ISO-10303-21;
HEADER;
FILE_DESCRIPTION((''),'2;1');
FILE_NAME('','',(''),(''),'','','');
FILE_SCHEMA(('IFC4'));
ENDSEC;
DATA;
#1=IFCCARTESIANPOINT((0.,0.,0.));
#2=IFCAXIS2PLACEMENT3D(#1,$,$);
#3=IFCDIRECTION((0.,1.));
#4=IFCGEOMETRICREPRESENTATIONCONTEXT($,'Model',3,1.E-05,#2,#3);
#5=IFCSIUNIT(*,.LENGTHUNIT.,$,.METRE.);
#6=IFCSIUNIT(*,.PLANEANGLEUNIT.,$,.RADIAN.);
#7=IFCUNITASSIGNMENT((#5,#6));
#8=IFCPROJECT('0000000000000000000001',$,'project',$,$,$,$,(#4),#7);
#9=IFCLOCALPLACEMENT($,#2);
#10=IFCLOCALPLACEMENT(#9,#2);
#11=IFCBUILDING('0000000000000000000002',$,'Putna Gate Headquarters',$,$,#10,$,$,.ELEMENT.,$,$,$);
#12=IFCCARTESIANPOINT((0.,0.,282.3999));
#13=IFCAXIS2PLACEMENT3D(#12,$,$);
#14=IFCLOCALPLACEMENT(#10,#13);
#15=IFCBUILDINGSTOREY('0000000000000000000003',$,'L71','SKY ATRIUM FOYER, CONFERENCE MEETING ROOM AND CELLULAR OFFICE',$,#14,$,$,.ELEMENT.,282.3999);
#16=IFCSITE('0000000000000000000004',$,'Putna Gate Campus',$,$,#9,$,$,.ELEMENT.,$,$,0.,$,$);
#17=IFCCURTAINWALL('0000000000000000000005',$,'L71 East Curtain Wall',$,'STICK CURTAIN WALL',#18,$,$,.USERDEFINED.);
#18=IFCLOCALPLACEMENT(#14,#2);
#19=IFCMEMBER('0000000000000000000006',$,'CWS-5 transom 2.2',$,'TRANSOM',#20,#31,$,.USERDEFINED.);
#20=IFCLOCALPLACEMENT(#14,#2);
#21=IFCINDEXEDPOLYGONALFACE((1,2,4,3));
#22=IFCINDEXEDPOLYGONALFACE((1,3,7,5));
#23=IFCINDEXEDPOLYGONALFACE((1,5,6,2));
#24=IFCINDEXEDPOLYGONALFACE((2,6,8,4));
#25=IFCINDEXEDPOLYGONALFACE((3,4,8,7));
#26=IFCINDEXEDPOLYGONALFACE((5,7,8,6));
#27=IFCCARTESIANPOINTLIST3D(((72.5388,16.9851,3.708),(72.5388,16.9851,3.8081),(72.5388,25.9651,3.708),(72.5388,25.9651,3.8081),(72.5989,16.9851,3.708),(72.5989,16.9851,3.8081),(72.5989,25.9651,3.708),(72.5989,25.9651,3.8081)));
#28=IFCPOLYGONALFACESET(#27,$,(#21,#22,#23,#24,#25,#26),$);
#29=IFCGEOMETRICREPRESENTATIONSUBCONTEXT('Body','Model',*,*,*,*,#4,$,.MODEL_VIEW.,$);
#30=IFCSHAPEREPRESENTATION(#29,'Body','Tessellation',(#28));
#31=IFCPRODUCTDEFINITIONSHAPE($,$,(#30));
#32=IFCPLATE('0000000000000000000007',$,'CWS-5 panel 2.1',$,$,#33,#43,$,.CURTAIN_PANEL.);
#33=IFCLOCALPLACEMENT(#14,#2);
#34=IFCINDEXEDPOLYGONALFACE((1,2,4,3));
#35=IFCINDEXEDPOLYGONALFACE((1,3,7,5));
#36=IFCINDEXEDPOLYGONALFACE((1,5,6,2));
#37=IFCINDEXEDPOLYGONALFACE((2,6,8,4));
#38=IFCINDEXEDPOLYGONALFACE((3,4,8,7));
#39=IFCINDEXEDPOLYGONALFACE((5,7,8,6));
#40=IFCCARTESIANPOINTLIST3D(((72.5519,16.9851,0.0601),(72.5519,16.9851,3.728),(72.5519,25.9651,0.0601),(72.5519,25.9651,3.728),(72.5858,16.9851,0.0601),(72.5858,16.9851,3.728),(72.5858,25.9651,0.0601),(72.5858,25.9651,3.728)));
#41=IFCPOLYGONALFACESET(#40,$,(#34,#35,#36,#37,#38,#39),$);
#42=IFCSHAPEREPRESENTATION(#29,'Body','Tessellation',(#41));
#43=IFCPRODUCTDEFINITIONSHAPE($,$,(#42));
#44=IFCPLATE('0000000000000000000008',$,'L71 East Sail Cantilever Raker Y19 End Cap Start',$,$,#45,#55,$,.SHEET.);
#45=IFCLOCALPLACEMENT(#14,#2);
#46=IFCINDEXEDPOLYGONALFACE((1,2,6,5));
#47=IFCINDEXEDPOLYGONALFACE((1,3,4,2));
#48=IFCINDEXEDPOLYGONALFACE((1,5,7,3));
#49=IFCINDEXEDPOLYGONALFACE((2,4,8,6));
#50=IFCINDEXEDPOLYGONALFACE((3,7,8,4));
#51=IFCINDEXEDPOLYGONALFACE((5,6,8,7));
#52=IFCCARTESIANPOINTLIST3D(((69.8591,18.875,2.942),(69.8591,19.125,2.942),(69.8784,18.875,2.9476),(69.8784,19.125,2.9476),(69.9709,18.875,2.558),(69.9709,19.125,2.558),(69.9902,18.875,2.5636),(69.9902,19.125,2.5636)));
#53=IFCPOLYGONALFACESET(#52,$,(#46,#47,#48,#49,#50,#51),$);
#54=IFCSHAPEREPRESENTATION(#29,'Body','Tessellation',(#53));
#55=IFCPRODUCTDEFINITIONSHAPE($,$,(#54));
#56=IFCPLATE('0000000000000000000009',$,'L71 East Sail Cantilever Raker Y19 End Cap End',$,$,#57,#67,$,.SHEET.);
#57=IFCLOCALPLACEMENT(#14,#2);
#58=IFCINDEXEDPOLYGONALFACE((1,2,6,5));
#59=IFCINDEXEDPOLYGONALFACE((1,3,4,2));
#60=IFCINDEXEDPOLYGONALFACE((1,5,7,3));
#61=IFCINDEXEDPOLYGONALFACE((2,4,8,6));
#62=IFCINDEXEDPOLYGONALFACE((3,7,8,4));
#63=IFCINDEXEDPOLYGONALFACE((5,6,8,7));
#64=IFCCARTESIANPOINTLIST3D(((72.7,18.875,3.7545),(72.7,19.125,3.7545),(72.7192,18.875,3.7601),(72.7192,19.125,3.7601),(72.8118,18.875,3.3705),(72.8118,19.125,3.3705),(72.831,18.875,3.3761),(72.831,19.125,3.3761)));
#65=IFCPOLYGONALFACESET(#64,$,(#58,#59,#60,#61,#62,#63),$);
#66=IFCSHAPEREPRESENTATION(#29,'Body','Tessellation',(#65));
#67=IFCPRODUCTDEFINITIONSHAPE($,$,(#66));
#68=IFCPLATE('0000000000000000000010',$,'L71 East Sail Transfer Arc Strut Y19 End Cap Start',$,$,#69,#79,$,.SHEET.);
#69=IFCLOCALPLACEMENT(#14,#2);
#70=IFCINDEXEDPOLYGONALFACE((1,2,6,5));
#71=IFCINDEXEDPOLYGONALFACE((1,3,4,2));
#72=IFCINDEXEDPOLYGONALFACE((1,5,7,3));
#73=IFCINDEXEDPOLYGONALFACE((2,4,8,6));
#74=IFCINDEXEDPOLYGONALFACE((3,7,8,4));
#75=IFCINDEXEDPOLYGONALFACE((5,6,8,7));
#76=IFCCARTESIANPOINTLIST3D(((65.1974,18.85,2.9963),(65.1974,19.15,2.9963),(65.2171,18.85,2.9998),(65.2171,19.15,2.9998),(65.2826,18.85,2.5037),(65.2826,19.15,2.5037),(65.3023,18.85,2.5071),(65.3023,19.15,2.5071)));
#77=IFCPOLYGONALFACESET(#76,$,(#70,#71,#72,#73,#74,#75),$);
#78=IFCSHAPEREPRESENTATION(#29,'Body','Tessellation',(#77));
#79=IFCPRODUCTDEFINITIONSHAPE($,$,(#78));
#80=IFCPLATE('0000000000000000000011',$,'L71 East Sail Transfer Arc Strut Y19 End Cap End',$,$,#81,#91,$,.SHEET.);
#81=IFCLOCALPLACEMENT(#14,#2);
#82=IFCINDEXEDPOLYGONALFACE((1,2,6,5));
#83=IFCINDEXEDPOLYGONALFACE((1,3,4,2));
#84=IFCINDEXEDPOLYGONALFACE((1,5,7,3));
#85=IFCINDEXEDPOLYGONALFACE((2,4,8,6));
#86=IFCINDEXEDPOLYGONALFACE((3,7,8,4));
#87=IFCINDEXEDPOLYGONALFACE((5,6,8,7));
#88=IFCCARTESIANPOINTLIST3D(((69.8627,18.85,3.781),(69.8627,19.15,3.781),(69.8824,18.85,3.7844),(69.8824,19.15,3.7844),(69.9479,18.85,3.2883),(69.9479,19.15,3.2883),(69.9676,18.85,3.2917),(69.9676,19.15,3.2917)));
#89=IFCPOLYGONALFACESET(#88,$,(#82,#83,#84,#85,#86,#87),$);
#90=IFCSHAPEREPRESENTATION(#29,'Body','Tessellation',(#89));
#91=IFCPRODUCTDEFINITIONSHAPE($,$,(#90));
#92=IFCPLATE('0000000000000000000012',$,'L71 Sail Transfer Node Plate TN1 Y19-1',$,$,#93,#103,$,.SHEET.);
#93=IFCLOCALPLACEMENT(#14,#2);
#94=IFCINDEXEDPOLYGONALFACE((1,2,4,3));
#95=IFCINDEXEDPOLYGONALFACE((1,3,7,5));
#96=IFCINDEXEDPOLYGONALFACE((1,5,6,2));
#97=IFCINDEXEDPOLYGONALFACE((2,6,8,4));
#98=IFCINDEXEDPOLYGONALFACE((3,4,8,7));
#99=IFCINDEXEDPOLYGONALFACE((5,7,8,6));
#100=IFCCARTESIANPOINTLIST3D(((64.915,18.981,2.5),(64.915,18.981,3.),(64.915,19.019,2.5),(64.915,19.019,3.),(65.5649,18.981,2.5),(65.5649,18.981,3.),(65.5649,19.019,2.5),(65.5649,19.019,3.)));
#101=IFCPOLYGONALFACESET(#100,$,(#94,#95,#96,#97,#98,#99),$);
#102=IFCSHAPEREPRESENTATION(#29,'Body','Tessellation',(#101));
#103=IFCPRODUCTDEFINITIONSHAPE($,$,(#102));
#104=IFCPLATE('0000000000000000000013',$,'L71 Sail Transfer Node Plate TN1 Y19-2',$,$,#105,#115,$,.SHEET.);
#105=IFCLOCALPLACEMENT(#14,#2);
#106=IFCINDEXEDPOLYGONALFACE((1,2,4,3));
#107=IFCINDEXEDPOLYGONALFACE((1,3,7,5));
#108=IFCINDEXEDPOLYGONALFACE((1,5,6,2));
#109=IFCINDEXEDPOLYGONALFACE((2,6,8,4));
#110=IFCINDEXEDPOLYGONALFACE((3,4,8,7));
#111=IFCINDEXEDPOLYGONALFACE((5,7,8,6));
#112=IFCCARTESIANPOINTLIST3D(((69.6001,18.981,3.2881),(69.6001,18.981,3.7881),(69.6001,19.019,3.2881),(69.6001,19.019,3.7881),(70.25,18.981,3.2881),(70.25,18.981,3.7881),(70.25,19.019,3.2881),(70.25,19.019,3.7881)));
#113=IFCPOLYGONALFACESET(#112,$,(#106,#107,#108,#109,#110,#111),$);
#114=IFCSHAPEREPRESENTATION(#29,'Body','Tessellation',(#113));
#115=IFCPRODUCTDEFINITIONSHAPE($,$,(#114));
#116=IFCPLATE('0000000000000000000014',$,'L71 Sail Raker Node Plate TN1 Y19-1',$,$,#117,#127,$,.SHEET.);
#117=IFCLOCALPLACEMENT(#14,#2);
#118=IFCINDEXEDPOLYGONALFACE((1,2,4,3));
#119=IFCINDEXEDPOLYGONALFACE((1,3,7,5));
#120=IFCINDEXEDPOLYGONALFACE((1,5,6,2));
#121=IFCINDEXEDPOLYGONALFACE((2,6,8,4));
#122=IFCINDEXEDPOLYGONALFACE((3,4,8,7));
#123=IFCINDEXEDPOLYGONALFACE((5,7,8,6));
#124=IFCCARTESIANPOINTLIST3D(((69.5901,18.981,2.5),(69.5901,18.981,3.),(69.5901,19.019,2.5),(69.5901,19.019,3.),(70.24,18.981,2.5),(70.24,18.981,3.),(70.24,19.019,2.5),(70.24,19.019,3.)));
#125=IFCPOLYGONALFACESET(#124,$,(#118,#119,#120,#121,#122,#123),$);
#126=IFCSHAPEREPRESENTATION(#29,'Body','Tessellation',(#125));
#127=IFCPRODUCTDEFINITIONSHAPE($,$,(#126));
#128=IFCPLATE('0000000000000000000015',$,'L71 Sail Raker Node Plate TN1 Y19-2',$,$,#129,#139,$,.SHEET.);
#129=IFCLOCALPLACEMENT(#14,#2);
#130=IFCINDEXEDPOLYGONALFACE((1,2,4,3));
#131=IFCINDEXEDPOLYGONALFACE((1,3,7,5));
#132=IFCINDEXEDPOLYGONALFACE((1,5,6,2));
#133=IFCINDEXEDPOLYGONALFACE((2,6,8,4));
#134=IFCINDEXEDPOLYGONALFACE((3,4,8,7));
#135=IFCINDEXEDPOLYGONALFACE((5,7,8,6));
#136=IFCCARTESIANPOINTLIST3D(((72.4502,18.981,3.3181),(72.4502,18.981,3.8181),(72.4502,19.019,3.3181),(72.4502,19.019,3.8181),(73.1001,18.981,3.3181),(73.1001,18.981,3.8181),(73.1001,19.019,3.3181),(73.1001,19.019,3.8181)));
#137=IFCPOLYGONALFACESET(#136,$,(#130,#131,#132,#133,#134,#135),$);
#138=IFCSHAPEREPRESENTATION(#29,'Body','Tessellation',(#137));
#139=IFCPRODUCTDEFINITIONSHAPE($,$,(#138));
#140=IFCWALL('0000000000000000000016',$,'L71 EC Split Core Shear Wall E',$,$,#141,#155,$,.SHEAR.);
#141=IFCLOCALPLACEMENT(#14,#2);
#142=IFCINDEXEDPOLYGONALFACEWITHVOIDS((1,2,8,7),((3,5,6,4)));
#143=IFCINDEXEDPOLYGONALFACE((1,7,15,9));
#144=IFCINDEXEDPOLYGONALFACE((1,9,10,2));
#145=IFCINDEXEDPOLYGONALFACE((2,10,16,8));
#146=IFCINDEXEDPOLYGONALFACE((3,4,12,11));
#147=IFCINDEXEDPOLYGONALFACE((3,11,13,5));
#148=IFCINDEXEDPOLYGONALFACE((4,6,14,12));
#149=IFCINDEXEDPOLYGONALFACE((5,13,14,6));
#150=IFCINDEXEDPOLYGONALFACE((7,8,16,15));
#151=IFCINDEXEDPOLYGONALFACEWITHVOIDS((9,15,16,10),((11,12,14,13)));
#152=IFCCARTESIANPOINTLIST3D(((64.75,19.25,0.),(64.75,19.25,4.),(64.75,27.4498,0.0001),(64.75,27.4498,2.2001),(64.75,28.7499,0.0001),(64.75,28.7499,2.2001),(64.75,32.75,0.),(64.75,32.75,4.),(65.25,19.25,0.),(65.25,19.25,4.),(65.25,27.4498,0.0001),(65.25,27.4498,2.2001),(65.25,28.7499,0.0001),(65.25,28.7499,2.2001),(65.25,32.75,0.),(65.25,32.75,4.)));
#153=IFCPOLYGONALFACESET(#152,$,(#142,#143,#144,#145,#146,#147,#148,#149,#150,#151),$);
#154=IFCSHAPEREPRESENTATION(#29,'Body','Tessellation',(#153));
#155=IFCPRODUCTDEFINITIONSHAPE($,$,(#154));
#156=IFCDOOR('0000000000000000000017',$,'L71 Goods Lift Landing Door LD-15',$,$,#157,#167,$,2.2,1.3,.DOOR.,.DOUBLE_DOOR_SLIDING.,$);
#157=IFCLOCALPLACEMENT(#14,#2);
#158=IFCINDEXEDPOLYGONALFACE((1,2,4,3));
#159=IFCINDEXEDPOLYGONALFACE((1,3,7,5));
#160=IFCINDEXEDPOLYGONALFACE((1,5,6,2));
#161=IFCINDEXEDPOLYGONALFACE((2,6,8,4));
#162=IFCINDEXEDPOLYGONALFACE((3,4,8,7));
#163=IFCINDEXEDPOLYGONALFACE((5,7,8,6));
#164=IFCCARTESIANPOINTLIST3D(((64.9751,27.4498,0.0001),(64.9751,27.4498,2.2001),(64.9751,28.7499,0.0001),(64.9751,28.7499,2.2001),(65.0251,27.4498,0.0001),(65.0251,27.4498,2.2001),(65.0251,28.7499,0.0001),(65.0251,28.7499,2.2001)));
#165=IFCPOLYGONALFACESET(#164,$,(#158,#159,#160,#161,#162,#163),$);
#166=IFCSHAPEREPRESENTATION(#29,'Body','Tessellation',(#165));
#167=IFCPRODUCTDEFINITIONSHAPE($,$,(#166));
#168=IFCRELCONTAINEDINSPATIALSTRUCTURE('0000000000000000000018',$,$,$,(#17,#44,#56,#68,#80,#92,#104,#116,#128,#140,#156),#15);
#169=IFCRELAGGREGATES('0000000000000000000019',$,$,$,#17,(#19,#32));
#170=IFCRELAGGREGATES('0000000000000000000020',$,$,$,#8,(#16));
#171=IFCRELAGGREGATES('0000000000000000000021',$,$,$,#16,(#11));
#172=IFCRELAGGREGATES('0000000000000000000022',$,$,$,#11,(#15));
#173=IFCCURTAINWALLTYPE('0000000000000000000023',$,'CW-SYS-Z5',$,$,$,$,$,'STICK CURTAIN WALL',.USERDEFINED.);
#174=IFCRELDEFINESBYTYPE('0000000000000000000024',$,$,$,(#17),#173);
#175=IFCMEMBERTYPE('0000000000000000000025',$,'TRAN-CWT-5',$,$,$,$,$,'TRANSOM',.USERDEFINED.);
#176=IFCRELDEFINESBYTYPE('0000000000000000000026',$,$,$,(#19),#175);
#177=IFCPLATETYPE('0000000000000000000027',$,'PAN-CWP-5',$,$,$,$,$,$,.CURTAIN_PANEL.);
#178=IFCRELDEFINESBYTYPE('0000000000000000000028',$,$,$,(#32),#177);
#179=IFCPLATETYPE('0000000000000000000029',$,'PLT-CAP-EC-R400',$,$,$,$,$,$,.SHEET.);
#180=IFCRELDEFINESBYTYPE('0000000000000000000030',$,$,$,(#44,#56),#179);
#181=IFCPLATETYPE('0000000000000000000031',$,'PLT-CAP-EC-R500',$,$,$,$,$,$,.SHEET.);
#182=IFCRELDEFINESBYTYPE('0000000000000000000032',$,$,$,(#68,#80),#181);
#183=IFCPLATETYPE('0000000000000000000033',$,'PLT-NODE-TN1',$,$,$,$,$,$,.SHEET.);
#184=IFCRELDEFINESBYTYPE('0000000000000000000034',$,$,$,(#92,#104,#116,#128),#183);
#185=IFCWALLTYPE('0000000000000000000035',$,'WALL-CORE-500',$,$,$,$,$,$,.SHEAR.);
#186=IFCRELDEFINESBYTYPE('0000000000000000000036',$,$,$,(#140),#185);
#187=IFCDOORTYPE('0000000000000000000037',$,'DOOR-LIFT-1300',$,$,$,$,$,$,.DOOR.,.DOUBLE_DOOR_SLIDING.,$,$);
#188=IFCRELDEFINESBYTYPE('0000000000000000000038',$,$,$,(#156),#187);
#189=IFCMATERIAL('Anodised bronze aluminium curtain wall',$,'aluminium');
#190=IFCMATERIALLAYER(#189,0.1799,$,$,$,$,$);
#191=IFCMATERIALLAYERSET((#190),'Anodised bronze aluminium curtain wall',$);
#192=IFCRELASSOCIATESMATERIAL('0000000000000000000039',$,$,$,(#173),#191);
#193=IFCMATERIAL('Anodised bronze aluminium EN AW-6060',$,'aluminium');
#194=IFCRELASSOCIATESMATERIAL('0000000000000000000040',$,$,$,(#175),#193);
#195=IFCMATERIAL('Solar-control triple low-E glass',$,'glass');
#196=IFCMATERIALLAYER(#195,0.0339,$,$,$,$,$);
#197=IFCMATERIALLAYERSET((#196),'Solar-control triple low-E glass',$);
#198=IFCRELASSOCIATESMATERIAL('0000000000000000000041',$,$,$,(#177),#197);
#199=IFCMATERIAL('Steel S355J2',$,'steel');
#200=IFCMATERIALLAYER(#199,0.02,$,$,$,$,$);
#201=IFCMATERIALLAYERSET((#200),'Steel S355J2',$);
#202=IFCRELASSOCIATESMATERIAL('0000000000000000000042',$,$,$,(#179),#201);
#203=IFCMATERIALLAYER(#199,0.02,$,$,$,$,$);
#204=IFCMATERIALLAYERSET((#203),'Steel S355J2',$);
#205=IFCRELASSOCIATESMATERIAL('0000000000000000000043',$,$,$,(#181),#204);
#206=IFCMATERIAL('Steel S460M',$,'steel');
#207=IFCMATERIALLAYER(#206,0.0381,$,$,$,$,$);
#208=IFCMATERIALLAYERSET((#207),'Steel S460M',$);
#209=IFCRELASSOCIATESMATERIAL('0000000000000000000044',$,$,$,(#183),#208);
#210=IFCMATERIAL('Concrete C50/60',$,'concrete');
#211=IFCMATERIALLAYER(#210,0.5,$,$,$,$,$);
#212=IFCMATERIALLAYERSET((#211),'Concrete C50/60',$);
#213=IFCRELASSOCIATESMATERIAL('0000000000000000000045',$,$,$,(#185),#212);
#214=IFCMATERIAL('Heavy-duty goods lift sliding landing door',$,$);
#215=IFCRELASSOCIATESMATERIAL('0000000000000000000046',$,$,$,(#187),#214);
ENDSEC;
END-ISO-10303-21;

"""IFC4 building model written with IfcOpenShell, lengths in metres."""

from ifc_helpers import new_model, si_unit, direction, frame, frame_2d, origin, origin_2d, place, context, subcontext, project, spatial, rectangle, extrude, material, layer, layer_set, material_profile, profile_set, type_object, element, fill, aggregate, save


model = new_model("IFC4")

# Units and contexts
model_context = context("Model", 3, precision=1e-05, world=origin(), true_north=direction((0.0, 1.0)))
body_context = subcontext(model_context, "Body", "Model", "MODEL_VIEW")
ifc_project = project(units=[si_unit("LENGTHUNIT", "METRE"), si_unit("PLANEANGLEUNIT", "RADIAN")], contexts=[model_context])

# Site, building, storey
site_placement = place(None, origin())
site = spatial("IfcSite", under=ifc_project, at=site_placement, Name="Putna Gate Campus", CompositionType="ELEMENT", RefElevation=0.0)
building_placement = place(site_placement, origin())
building = spatial("IfcBuilding", under=site, at=building_placement, Name="Putna Gate Headquarters", CompositionType="ELEMENT")
storey_placement = place(building_placement, frame((0.0, 0.0, 282.3999)))
storey = spatial("IfcBuildingStorey", under=building, at=storey_placement, Name="L71", Description="SKY ATRIUM FOYER, CONFERENCE MEETING ROOM AND CELLULAR OFFICE", CompositionType="ELEMENT", Elevation=282.3999)

# Shared definitions
ifc_material_1 = material(Name="Steel S460M", Category="steel")

# Shared definitions
ifc_material_2 = material(Name="Steel S355J2", Category="steel")

# Curtain wall, member, plate
ifc_material_3 = material(Name="Anodised bronze aluminium curtain wall", Category="aluminium")
ifc_layer_1 = layer(ifc_material_3, 0.1799)
ifc_layer_set_1 = layer_set([ifc_layer_1], Name="Anodised bronze aluminium curtain wall")
curtain_wall_type = type_object("IfcCurtainWallType", Name="CW-SYS-Z5", ElementType="STICK CURTAIN WALL", PredefinedType="USERDEFINED", material=ifc_layer_set_1)
curtain_wall_placement = place(storey_placement, origin())
curtain_wall = element("IfcCurtainWall", 1, at=curtain_wall_placement, inside=storey, type_object=curtain_wall_type, Name="L71 East Curtain Wall", ObjectType="STICK CURTAIN WALL", PredefinedType="USERDEFINED")
ifc_material_4 = material(Name="Anodised bronze aluminium EN AW-6060", Category="aluminium")
ifc_material_profile_1 = material_profile(ifc_material_4, rectangle(XDim=0.0601, YDim=0.1001, at=origin_2d()), Name="Anodised bronze aluminium EN AW-6060")
ifc_profile_set_1 = profile_set([ifc_material_profile_1], Name="Anodised bronze aluminium EN AW-6060")
member_type_1 = type_object("IfcMemberType", Name="TRAN-CWT-5", ElementType="TRANSOM", PredefinedType="USERDEFINED", material=ifc_profile_set_1)
member_1_placement = place(storey_placement, frame((72.5688, 16.9851, 3.7581), z_axis=(0.0, 1.0, 0.0), x_axis=(-1.0, 0.0, 0.0)))
member_1 = element("IfcMember", 2, at=member_1_placement, type_object=member_type_1, Name="CWS-5 transom 2.2", ObjectType="TRANSOM", PredefinedType="USERDEFINED", context=body_context, shape_type="SweptSolid", body=[
    extrude(rectangle(XDim=0.0601, YDim=0.1001, at=origin_2d()), origin(), (0.0, 0.0, 1.0), 8.98),
])
ifc_material_5 = material(Name="Solar-control triple low-E glass", Category="glass")
ifc_layer_2 = layer(ifc_material_5, 0.0339)
ifc_layer_set_2 = layer_set([ifc_layer_2], Name="Solar-control triple low-E glass")
plate_type_1 = type_object("IfcPlateType", Name="PAN-CWP-5", PredefinedType="CURTAIN_PANEL", material=ifc_layer_set_2)
plate_placement = place(storey_placement, frame((72.5688, 21.4751, 0.0601), z_axis=(0.0, 0.0, 1.0), x_axis=(0.0, 1.0, 0.0)))
plate = element("IfcPlate", 3, at=plate_placement, type_object=plate_type_1, Name="CWS-5 panel 2.1", PredefinedType="CURTAIN_PANEL", context=body_context, shape_type="SweptSolid", body=[
    extrude(rectangle(XDim=8.98, YDim=0.0339, at=origin_2d()), origin(), (0.0, 0.0, 1.0), 3.668),
])
aggregate(curtain_wall, [member_1, plate])

# Plates
ifc_layer_3 = layer(ifc_material_2, 0.02)
ifc_layer_set_3 = layer_set([ifc_layer_3], Name="Steel S355J2")
plate_type_2 = type_object("IfcPlateType", Name="PLT-CAP-EC-R400", PredefinedType="SHEET", material=ifc_layer_set_3)
for number, where, z_axis, x_axis, name in (
    (4, (69.915, 19.0, 2.75), (0.960136, 0.0, 0.279533), (0.0, 1.0, 0.0), "L71 East Sail Cantilever Raker Y19 End Cap Start"),
    (5, (72.7559, 19.0, 3.5625), (0.960136, 0.0, 0.279533), (0.0, 1.0, 0.0), "L71 East Sail Cantilever Raker Y19 End Cap End"),
):
    element("IfcPlate", number, at=place(storey_placement, frame(where, z_axis=z_axis, x_axis=x_axis)), inside=storey, type_object=plate_type_2, Name=name, PredefinedType="SHEET", context=body_context, shape_type="SweptSolid", body=[
        extrude(rectangle(XDim=0.25, YDim=0.3999, at=origin_2d()), origin(), (0.0, 0.0, 1.0), 0.02),
    ])
ifc_layer_4 = layer(ifc_material_2, 0.02)
ifc_layer_set_4 = layer_set([ifc_layer_4], Name="Steel S355J2")
plate_type_3 = type_object("IfcPlateType", Name="PLT-CAP-EC-R500", PredefinedType="SHEET", material=ifc_layer_set_4)
for number, where, z_axis, x_axis, name in (
    (6, (65.24, 19.0, 2.75), (0.98539, 0.0, 0.170314), (0.0, 1.0, 0.0), "L71 East Sail Transfer Arc Strut Y19 End Cap Start"),
    (7, (69.9053, 19.0, 3.5347), (0.98539, 0.0, 0.170314), (0.0, 1.0, 0.0), "L71 East Sail Transfer Arc Strut Y19 End Cap End"),
):
    element("IfcPlate", number, at=place(storey_placement, frame(where, z_axis=z_axis, x_axis=x_axis)), inside=storey, type_object=plate_type_3, Name=name, PredefinedType="SHEET", context=body_context, shape_type="SweptSolid", body=[
        extrude(rectangle(XDim=0.3, YDim=0.5, at=origin_2d()), origin(), (0.0, 0.0, 1.0), 0.02),
    ])
ifc_layer_5 = layer(ifc_material_1, 0.0381)
ifc_layer_set_5 = layer_set([ifc_layer_5], Name="Steel S460M")
plate_type_4 = type_object("IfcPlateType", Name="PLT-NODE-TN1", PredefinedType="SHEET", material=ifc_layer_set_5)
for number, where, z_axis, x_axis, name in (
    (8, (65.24, 19.0, 2.5), (0.0, 0.0, 1.0), (1.0, 0.0, 0.0), "L71 Sail Transfer Node Plate TN1 Y19-1"),
    (9, (69.925, 19.0, 3.2881), (0.0, 0.0, 1.0), (1.0, 0.0, 0.0), "L71 Sail Transfer Node Plate TN1 Y19-2"),
    (10, (69.915, 19.0, 2.5), (0.0, 0.0, 1.0), (1.0, 0.0, 0.0), "L71 Sail Raker Node Plate TN1 Y19-1"),
    (11, (72.7751, 19.0, 3.3181), (0.0, 0.0, 1.0), (1.0, 0.0, 0.0), "L71 Sail Raker Node Plate TN1 Y19-2"),
):
    element("IfcPlate", number, at=place(storey_placement, frame(where, z_axis=z_axis, x_axis=x_axis)), inside=storey, type_object=plate_type_4, Name=name, PredefinedType="SHEET", context=body_context, shape_type="SweptSolid", body=[
        extrude(rectangle(XDim=0.6499, YDim=0.0381, at=origin_2d()), origin(), (0.0, 0.0, 1.0), 0.5),
    ])

# Wall, opening, door
ifc_material_6 = material(Name="Concrete C50/60", Category="concrete")
ifc_layer_6 = layer(ifc_material_6, 0.5)
ifc_layer_set_6 = layer_set([ifc_layer_6], Name="Concrete C50/60")
wall_type_1 = type_object("IfcWallType", Name="WALL-CORE-500", PredefinedType="SHEAR", material=ifc_layer_set_6)
wall_1_placement = place(storey_placement, frame((65.0, 19.25, 0.0), z_axis=(0.0, 0.0, 1.0), x_axis=(0.0, 1.0, 0.0)))
wall_1 = element("IfcWall", 12, at=wall_1_placement, inside=storey, type_object=wall_type_1, Name="L71 EC Split Core Shear Wall E", PredefinedType="SHEAR", context=body_context, shape_type="SweptSolid", body=[
    extrude(rectangle(XDim=13.5, YDim=0.5, at=frame_2d((6.75, 0.0))), origin(), (0.0, 0.0, 1.0), 4.0),
])
opening_1_placement = place(wall_1_placement, frame((8.2, 0.0, 0.0)))
opening_1 = element("IfcOpeningElement", 13, at=opening_1_placement, cuts=wall_1, PredefinedType="OPENING", context=body_context, shape_type="SweptSolid", body=[
    extrude(rectangle(XDim=1.3, YDim=2.2, at=frame_2d((0.6499, 1.1001))), frame((0.0, 0.26, 0.0), z_axis=(0.0, -1.0, 0.0), x_axis=(1.0, 0.0, 0.0)), (0.0, 0.0, 1.0), 0.52),
])
ifc_material_7 = material(Name="Heavy-duty goods lift sliding landing door")
door_type_1 = type_object("IfcDoorType", Name="DOOR-LIFT-1300", OperationType="DOUBLE_DOOR_SLIDING", PredefinedType="DOOR", material=ifc_material_7)
door_1_placement = place(opening_1_placement, origin())
door_1 = element("IfcDoor", 14, at=door_1_placement, inside=storey, type_object=door_type_1, Name="L71 Goods Lift Landing Door LD-15", OperationType="DOUBLE_DOOR_SLIDING", OverallHeight=2.2, OverallWidth=1.3, PredefinedType="DOOR", context=body_context, shape_type="SweptSolid", body=[
    extrude(rectangle(XDim=1.3, YDim=2.2, at=frame_2d((0.6499, 1.1001))), frame((0.0, 0.0249, 0.0), z_axis=(0.0, -1.0, 0.0), x_axis=(1.0, 0.0, 0.0)), (0.0, 0.0, 1.0), 0.05),
])
fill(opening_1, door_1)

save(model, "model.ifc")
